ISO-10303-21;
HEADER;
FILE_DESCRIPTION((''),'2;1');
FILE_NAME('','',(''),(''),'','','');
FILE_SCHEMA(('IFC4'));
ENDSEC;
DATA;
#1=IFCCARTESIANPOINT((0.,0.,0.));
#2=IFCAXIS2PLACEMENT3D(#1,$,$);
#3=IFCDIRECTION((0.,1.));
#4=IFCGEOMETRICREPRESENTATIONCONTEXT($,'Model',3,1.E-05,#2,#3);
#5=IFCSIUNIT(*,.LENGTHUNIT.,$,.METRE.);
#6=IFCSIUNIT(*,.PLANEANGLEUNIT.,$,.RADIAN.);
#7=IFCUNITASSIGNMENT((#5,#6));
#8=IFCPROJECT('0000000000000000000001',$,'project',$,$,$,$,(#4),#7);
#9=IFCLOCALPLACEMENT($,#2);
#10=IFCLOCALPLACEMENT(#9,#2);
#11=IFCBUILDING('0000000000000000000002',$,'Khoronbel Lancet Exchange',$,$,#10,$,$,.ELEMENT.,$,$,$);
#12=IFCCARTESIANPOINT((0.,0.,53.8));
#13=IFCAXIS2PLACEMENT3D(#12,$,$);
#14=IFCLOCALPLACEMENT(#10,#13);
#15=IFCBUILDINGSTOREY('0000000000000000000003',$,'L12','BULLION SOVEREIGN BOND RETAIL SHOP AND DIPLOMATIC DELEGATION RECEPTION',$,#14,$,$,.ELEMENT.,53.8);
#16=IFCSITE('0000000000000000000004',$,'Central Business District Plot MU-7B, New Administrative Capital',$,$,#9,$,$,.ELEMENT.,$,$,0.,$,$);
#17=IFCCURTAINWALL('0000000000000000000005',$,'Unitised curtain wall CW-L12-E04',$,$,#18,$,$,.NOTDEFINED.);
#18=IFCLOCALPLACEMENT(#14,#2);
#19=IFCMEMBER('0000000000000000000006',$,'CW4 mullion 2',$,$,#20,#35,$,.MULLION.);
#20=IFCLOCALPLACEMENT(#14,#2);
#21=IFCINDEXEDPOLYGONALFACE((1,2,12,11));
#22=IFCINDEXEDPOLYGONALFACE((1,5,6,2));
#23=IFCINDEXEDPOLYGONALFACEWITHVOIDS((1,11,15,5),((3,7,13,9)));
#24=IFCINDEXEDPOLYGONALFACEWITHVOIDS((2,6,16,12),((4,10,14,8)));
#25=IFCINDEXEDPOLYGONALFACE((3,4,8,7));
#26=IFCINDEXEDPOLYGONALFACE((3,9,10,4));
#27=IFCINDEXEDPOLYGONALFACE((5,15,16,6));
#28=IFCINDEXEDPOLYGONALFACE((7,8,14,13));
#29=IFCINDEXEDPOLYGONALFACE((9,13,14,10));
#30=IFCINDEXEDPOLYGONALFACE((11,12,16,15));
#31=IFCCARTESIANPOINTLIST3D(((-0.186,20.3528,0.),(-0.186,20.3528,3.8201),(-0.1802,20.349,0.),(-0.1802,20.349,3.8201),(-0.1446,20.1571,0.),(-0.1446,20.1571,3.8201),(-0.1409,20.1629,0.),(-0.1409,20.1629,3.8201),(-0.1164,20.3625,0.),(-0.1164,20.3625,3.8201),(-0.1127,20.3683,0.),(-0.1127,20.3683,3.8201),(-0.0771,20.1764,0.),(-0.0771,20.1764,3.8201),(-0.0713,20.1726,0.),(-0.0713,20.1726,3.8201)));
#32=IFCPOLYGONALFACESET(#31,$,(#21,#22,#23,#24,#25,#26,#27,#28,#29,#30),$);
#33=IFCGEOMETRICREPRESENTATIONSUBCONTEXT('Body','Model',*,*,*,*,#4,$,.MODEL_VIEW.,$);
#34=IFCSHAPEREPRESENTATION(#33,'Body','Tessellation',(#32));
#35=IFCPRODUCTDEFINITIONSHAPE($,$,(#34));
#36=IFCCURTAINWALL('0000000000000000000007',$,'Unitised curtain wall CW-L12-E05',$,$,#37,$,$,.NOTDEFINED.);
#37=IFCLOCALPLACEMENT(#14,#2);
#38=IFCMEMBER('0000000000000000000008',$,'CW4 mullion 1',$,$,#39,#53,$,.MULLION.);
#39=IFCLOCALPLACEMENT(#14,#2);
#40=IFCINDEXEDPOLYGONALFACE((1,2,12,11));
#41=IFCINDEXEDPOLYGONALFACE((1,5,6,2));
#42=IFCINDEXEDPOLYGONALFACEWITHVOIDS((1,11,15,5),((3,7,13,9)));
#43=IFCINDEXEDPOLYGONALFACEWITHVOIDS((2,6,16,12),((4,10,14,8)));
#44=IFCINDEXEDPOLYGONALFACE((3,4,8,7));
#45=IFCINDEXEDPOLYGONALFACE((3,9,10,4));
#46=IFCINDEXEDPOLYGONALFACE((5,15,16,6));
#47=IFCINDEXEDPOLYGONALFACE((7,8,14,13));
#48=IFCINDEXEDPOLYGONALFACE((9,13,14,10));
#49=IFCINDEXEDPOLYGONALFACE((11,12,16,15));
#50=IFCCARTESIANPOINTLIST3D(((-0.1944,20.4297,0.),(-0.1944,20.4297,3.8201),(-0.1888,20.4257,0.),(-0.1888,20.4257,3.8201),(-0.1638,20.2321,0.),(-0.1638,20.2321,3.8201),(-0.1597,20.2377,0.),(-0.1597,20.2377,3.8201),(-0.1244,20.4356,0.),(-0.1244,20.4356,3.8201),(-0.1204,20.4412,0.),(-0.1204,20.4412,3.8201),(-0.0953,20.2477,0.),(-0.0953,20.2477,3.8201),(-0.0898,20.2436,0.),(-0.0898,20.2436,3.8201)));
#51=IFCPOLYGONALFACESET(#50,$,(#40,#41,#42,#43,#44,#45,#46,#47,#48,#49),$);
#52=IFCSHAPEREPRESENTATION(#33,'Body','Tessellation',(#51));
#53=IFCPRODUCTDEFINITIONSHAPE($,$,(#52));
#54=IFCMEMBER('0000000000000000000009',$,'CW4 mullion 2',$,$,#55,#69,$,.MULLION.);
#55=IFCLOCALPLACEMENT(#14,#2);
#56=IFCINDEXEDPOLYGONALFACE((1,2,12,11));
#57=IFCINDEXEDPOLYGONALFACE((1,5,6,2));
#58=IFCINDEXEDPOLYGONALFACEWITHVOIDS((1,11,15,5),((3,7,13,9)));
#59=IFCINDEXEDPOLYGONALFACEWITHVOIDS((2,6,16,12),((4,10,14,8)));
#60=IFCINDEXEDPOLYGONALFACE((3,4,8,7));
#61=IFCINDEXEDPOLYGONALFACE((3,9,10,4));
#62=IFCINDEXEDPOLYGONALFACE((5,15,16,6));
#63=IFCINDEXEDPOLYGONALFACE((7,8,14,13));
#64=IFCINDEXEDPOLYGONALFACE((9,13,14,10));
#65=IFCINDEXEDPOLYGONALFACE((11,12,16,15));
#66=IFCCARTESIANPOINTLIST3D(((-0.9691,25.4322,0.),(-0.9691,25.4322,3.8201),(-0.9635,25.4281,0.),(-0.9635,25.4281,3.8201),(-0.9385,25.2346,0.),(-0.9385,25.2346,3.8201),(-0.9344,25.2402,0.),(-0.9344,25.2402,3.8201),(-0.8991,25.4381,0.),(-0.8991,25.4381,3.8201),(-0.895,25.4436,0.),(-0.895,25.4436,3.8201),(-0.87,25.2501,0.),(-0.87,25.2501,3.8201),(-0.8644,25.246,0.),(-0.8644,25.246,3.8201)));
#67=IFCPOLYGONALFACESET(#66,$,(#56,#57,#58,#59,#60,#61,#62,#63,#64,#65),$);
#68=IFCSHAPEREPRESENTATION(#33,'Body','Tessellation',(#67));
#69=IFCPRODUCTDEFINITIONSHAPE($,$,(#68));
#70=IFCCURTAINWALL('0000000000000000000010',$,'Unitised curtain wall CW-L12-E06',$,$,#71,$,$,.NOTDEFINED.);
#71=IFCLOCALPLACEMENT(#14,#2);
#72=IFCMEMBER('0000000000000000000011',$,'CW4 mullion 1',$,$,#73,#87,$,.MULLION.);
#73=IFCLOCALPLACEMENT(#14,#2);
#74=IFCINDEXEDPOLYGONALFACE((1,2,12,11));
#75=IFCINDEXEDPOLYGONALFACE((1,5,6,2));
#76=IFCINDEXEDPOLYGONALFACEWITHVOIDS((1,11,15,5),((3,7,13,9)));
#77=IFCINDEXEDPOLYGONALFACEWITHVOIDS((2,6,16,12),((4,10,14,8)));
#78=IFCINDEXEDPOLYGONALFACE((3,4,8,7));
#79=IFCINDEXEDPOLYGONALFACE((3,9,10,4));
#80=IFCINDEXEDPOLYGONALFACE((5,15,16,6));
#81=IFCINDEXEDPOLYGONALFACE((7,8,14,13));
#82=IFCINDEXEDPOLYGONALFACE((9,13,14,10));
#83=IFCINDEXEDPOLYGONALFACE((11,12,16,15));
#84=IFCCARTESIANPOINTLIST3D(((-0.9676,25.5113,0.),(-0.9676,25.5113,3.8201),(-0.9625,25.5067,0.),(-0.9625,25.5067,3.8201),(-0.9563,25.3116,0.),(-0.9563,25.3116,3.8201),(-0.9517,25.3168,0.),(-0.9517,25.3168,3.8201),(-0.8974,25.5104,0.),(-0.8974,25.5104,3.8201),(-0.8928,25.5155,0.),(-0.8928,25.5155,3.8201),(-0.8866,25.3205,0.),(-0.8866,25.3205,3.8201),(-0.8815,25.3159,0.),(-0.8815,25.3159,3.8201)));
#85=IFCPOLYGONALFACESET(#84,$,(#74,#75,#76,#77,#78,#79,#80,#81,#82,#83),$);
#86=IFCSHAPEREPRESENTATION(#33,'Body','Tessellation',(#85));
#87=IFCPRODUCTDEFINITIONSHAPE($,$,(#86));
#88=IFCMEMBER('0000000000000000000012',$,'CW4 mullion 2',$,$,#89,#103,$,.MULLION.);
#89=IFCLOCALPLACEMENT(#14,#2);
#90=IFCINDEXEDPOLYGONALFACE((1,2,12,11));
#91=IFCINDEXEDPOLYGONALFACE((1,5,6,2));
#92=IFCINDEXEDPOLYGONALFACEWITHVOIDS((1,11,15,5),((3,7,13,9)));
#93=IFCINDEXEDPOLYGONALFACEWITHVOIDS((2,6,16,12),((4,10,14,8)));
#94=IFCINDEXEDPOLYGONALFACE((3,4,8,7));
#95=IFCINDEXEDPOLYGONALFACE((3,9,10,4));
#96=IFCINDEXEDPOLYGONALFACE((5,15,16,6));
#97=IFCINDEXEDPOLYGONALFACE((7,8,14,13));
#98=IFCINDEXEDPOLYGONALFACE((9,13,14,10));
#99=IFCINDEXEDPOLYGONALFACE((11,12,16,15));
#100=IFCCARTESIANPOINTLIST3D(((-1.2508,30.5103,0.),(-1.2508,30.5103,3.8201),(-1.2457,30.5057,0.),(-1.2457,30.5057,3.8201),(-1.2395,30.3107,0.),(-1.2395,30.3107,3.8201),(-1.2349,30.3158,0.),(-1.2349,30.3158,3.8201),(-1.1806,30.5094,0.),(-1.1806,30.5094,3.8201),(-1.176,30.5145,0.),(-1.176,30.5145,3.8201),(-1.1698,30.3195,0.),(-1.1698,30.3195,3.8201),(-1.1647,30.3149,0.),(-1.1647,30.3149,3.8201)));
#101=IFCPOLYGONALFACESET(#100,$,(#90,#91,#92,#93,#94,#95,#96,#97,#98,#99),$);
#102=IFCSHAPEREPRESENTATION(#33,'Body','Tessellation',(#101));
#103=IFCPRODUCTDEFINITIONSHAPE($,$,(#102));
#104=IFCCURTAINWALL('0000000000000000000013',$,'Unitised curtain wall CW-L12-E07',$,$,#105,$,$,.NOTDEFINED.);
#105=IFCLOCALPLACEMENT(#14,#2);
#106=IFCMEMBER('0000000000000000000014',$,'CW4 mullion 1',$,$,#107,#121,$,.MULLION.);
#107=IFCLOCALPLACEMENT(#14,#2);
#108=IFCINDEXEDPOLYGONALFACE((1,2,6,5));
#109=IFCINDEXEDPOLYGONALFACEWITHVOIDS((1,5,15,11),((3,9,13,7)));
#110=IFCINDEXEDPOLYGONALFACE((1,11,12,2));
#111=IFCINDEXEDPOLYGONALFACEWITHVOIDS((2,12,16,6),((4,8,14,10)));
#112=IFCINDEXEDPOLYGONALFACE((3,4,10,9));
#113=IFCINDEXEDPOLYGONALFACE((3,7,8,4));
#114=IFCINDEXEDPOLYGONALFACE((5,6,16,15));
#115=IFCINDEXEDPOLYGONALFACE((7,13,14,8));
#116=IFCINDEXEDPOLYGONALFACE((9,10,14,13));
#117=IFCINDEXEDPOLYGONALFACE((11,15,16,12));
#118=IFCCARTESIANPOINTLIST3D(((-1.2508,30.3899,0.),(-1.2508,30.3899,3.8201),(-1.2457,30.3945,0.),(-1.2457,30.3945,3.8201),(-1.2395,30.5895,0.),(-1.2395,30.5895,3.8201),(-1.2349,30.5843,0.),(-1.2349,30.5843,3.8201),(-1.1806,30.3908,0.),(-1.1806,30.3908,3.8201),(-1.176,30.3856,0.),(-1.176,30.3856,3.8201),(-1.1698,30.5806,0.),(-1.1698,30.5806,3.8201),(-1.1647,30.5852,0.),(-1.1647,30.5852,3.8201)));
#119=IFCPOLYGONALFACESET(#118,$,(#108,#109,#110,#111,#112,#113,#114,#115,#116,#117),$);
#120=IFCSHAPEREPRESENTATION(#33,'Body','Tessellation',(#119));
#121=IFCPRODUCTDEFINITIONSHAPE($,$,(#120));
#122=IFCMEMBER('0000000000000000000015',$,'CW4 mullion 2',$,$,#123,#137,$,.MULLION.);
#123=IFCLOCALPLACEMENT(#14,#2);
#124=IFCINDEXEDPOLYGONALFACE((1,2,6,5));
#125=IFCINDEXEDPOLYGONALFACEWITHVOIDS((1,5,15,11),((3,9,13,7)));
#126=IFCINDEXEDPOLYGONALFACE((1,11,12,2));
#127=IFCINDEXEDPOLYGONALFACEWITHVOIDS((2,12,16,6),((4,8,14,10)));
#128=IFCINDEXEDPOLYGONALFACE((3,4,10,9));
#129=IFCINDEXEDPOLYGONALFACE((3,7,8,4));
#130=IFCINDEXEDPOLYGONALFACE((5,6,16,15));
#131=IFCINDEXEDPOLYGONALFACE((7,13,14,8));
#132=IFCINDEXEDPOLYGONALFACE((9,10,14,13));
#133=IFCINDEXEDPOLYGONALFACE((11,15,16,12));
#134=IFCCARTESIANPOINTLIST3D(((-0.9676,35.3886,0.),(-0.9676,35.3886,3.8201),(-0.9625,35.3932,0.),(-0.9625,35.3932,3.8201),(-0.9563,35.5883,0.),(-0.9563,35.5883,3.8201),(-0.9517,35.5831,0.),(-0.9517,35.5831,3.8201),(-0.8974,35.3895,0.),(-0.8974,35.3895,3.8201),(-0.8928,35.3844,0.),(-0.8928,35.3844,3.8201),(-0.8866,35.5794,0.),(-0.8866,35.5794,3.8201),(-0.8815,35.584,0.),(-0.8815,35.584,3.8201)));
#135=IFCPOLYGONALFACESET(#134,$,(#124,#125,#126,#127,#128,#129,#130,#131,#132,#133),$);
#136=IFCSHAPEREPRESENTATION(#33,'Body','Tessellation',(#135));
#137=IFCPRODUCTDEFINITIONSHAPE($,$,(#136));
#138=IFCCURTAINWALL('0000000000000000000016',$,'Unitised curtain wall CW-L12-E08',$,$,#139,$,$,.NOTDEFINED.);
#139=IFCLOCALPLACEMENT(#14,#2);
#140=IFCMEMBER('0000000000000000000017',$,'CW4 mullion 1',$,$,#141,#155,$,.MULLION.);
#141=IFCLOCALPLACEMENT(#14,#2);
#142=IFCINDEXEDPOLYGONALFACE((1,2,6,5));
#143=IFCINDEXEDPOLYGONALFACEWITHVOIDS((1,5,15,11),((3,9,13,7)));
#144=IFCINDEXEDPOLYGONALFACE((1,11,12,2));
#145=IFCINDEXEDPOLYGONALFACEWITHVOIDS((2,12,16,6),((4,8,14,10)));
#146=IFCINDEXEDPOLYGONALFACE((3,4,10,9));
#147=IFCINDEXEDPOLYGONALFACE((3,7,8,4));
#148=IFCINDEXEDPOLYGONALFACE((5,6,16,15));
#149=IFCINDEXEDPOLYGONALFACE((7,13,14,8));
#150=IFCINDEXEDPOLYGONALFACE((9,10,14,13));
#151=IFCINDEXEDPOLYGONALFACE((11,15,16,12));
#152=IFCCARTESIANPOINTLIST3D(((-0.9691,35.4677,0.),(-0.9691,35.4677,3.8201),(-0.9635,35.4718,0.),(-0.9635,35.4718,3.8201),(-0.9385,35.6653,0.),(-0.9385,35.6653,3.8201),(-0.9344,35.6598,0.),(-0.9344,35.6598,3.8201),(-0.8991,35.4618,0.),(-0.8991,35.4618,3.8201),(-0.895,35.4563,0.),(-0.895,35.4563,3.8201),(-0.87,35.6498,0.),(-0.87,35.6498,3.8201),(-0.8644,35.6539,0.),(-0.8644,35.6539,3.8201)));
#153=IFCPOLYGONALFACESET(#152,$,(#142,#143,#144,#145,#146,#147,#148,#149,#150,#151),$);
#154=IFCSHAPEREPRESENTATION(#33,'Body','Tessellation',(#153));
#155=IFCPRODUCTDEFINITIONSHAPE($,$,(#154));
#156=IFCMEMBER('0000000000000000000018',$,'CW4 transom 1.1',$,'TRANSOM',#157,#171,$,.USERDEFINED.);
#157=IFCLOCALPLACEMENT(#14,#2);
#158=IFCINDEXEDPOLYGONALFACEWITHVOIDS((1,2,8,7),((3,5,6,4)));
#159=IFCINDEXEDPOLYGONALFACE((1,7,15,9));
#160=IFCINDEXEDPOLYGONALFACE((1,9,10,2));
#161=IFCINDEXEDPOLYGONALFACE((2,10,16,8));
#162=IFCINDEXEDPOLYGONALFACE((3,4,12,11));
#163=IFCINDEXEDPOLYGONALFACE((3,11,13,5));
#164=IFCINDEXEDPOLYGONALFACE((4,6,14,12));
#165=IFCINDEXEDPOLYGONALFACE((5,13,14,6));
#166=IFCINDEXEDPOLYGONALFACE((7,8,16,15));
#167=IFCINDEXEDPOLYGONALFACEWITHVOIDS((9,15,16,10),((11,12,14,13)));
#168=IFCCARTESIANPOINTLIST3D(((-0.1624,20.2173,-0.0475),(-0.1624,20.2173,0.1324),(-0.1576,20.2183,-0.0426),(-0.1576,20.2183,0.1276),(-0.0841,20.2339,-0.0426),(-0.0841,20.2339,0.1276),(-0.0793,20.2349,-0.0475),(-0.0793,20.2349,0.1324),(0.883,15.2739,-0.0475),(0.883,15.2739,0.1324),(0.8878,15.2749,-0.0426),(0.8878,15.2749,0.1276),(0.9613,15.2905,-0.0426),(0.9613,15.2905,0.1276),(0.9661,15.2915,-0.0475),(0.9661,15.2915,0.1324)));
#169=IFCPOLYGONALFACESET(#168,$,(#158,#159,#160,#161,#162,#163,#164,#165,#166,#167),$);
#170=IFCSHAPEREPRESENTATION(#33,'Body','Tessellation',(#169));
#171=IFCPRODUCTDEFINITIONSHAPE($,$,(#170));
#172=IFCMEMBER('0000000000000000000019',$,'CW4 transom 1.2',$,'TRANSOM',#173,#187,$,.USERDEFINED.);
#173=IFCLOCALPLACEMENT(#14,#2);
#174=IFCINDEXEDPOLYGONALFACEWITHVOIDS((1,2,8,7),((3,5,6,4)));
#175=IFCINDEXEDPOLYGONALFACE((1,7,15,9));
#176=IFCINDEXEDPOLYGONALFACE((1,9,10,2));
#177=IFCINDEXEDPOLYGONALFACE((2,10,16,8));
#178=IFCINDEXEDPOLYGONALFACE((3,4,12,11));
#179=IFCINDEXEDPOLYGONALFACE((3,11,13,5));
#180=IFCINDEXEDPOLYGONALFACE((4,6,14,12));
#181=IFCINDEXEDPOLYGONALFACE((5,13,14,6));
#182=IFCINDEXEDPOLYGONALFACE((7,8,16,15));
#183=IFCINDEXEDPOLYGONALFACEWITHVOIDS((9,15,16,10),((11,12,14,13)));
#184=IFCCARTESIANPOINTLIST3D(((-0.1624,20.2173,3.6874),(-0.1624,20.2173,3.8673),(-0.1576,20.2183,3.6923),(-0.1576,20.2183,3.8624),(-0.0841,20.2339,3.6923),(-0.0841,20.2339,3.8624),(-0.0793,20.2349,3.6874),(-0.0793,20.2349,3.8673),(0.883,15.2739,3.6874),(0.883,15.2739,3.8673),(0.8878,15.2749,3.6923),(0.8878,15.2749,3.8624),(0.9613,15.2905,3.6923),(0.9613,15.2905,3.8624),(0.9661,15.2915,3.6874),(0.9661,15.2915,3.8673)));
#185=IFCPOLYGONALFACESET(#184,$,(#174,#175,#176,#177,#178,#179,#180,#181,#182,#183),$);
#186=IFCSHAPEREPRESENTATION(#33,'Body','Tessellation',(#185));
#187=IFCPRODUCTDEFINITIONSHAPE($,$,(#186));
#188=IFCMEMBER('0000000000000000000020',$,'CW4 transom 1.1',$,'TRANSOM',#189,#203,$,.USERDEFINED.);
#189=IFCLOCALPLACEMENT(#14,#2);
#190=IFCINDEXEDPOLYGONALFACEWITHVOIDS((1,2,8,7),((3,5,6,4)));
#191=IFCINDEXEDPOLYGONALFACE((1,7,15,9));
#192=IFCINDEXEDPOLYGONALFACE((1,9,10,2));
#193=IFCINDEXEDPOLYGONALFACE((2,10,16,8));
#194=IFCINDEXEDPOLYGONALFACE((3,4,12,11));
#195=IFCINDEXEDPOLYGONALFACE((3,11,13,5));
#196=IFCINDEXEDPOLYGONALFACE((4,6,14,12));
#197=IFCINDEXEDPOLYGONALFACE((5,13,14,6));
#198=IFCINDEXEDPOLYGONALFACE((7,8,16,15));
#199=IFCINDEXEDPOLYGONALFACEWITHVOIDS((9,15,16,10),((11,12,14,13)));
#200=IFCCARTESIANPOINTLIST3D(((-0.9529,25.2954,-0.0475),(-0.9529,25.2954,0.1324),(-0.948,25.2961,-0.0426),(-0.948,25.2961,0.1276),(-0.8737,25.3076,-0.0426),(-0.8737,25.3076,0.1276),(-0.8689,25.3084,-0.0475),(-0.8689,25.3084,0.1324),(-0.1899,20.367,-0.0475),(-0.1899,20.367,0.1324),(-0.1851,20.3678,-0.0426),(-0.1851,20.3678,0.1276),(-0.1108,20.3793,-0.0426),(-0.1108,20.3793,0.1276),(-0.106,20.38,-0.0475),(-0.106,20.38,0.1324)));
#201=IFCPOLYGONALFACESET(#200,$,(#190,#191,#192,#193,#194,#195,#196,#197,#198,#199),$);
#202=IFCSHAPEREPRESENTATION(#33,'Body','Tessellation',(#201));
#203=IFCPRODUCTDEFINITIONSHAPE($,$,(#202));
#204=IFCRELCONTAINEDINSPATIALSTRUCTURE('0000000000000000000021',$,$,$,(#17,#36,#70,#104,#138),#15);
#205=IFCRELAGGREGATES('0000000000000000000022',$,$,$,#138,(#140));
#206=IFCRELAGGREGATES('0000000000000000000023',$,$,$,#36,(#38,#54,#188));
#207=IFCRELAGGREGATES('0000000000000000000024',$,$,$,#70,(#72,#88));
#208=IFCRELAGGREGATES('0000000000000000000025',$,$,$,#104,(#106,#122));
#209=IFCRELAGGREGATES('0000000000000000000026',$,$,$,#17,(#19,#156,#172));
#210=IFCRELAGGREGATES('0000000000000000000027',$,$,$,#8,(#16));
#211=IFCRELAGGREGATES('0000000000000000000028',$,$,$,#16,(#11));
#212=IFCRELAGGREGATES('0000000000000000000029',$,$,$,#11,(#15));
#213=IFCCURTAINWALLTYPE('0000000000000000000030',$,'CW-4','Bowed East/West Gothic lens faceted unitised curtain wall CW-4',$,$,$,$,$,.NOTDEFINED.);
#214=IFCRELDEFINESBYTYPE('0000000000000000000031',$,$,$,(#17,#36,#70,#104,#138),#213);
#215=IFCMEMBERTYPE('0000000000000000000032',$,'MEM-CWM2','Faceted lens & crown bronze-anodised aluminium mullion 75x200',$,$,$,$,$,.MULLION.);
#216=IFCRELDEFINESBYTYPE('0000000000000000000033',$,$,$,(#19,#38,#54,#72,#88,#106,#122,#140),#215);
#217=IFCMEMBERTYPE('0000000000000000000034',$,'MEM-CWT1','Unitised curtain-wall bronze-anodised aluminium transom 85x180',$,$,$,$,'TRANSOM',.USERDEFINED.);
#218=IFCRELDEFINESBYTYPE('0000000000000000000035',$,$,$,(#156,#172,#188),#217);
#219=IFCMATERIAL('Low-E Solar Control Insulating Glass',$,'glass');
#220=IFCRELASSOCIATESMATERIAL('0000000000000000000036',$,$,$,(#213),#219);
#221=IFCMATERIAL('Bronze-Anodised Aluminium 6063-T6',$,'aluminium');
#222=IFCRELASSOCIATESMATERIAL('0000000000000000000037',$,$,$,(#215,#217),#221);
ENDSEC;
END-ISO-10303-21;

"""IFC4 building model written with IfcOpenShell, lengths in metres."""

from ifc_helpers import new_model, si_unit, direction, frame, origin, origin_2d, place, context, subcontext, project, spatial, hollow_rectangle, extrude, material, material_profile, profile_set, type_object, element, aggregate, save


model = new_model("IFC4")

# Units and contexts
model_context = context("Model", 3, precision=1e-05, world=origin(), true_north=direction((0.0, 1.0)))
body_context = subcontext(model_context, "Body", "Model", "MODEL_VIEW")
ifc_project = project(units=[si_unit("LENGTHUNIT", "METRE"), si_unit("PLANEANGLEUNIT", "RADIAN")], contexts=[model_context])

# Site, building, storey
site_placement = place(None, origin())
site = spatial("IfcSite", under=ifc_project, at=site_placement, Name="Central Business District Plot MU-7B, New Administrative Capital", CompositionType="ELEMENT", RefElevation=0.0)
building_placement = place(site_placement, origin())
building = spatial("IfcBuilding", under=site, at=building_placement, Name="Khoronbel Lancet Exchange", CompositionType="ELEMENT")
storey_placement = place(building_placement, frame((0.0, 0.0, 53.8)))
storey = spatial("IfcBuildingStorey", under=building, at=storey_placement, Name="L12", Description="BULLION SOVEREIGN BOND RETAIL SHOP AND DIPLOMATIC DELEGATION RECEPTION", CompositionType="ELEMENT", Elevation=53.8)

# Curtain wall, member
ifc_material_1 = material(Name="Low-E Solar Control Insulating Glass", Category="glass")
curtain_wall_type = type_object("IfcCurtainWallType", Name="CW-4", Description="Bowed East/West Gothic lens faceted unitised curtain wall CW-4", PredefinedType="NOTDEFINED", material=ifc_material_1)
curtain_wall_1_placement = place(storey_placement, origin())
curtain_wall_1 = element("IfcCurtainWall", 1, at=curtain_wall_1_placement, inside=storey, type_object=curtain_wall_type, Name="Unitised curtain wall CW-L12-E04", PredefinedType="NOTDEFINED")
ifc_material_2 = material(Name="Bronze-Anodised Aluminium 6063-T6", Category="aluminium")
ifc_material_profile_1 = material_profile(ifc_material_2, hollow_rectangle(XDim=0.075, YDim=0.2, WallThickness=0.0049, at=origin_2d()), Name="ALU MULLION 75x200")
ifc_profile_set_1 = profile_set([ifc_material_profile_1], Name="Bronze-Anodised Aluminium 6063-T6")
member_type_1 = type_object("IfcMemberType", Name="MEM-CWM2", Description="Faceted lens & crown bronze-anodised aluminium mullion 75x200", PredefinedType="MULLION", material=ifc_profile_set_1)
member_1_placement = place(storey_placement, frame((-0.1287, 20.2627, 0.0), z_axis=(0.0, 0.0, 1.0), x_axis=(-0.978363, -0.206894, 0.0)))
member_1 = element("IfcMember", 2, at=member_1_placement, type_object=member_type_1, Name="CW4 mullion 2", PredefinedType="MULLION", context=body_context, shape_type="SweptSolid", body=[
    extrude(hollow_rectangle(XDim=0.075, YDim=0.2, WallThickness=0.0049, at=origin_2d()), origin(), (0.0, 0.0, 1.0), 3.8201),
])

# Curtain walls, members
curtain_wall_2_placement = place(storey_placement, origin())
curtain_wall_2 = element("IfcCurtainWall", 3, at=curtain_wall_2_placement, inside=storey, type_object=curtain_wall_type, Name="Unitised curtain wall CW-L12-E05", PredefinedType="NOTDEFINED")
member_2_placement = place(storey_placement, frame((-0.1421, 20.3367, 0.0), z_axis=(0.0, 0.0, 1.0), x_axis=(-0.988226, -0.153002, 0.0)))
member_2 = element("IfcMember", 4, at=member_2_placement, type_object=member_type_1, Name="CW4 mullion 1", PredefinedType="MULLION", context=body_context, shape_type="SweptSolid", body=[
    extrude(hollow_rectangle(XDim=0.075, YDim=0.2, WallThickness=0.0049, at=origin_2d()), origin(), (0.0, 0.0, 1.0), 3.8201),
])
member_3_placement = place(storey_placement, frame((-0.9167, 25.3391, 0.0), z_axis=(0.0, 0.0, 1.0), x_axis=(-0.988226, -0.153002, 0.0)))
member_3 = element("IfcMember", 5, at=member_3_placement, type_object=member_type_1, Name="CW4 mullion 2", PredefinedType="MULLION", context=body_context, shape_type="SweptSolid", body=[
    extrude(hollow_rectangle(XDim=0.075, YDim=0.2, WallThickness=0.0049, at=origin_2d()), origin(), (0.0, 0.0, 1.0), 3.8201),
])
curtain_wall_3_placement = place(storey_placement, origin())
curtain_wall_3 = element("IfcCurtainWall", 6, at=curtain_wall_3_placement, inside=storey, type_object=curtain_wall_type, Name="Unitised curtain wall CW-L12-E06", PredefinedType="NOTDEFINED")
member_4_placement = place(storey_placement, frame((-0.9246, 25.4136, 0.0), z_axis=(0.0, 0.0, 1.0), x_axis=(-0.998398, -0.056573, 0.0)))
member_4 = element("IfcMember", 7, at=member_4_placement, type_object=member_type_1, Name="CW4 mullion 1", PredefinedType="MULLION", context=body_context, shape_type="SweptSolid", body=[
    extrude(hollow_rectangle(XDim=0.075, YDim=0.2, WallThickness=0.0049, at=origin_2d()), origin(), (0.0, 0.0, 1.0), 3.8201),
])
member_5_placement = place(storey_placement, frame((-1.2078, 30.4126, 0.0), z_axis=(0.0, 0.0, 1.0), x_axis=(-0.998398, -0.056573, 0.0)))
member_5 = element("IfcMember", 8, at=member_5_placement, type_object=member_type_1, Name="CW4 mullion 2", PredefinedType="MULLION", context=body_context, shape_type="SweptSolid", body=[
    extrude(hollow_rectangle(XDim=0.075, YDim=0.2, WallThickness=0.0049, at=origin_2d()), origin(), (0.0, 0.0, 1.0), 3.8201),
])
curtain_wall_4_placement = place(storey_placement, origin())
curtain_wall_4 = element("IfcCurtainWall", 9, at=curtain_wall_4_placement, inside=storey, type_object=curtain_wall_type, Name="Unitised curtain wall CW-L12-E07", PredefinedType="NOTDEFINED")
member_6_placement = place(storey_placement, frame((-1.2078, 30.4875, 0.0), z_axis=(0.0, 0.0, 1.0), x_axis=(-0.998398, 0.056573, 0.0)))
member_6 = element("IfcMember", 10, at=member_6_placement, type_object=member_type_1, Name="CW4 mullion 1", PredefinedType="MULLION", context=body_context, shape_type="SweptSolid", body=[
    extrude(hollow_rectangle(XDim=0.075, YDim=0.2, WallThickness=0.0049, at=origin_2d()), origin(), (0.0, 0.0, 1.0), 3.8201),
])
member_7_placement = place(storey_placement, frame((-0.9246, 35.4863, 0.0), z_axis=(0.0, 0.0, 1.0), x_axis=(-0.998398, 0.056573, 0.0)))
member_7 = element("IfcMember", 11, at=member_7_placement, type_object=member_type_1, Name="CW4 mullion 2", PredefinedType="MULLION", context=body_context, shape_type="SweptSolid", body=[
    extrude(hollow_rectangle(XDim=0.075, YDim=0.2, WallThickness=0.0049, at=origin_2d()), origin(), (0.0, 0.0, 1.0), 3.8201),
])

# Curtain wall, member
curtain_wall_5_placement = place(storey_placement, origin())
curtain_wall_5 = element("IfcCurtainWall", 12, at=curtain_wall_5_placement, inside=storey, type_object=curtain_wall_type, Name="Unitised curtain wall CW-L12-E08", PredefinedType="NOTDEFINED")
member_8_placement = place(storey_placement, frame((-0.9167, 35.5608, 0.0), z_axis=(0.0, 0.0, 1.0), x_axis=(-0.988226, 0.153002, 0.0)))
member_8 = element("IfcMember", 13, at=member_8_placement, type_object=member_type_1, Name="CW4 mullion 1", PredefinedType="MULLION", context=body_context, shape_type="SweptSolid", body=[
    extrude(hollow_rectangle(XDim=0.075, YDim=0.2, WallThickness=0.0049, at=origin_2d()), origin(), (0.0, 0.0, 1.0), 3.8201),
])

# Members
ifc_material_profile_2 = material_profile(ifc_material_2, hollow_rectangle(XDim=0.085, YDim=0.1799, WallThickness=0.0049, at=origin_2d()), Name="ALU TRANSOM 85x180")
ifc_profile_set_2 = profile_set([ifc_material_profile_2], Name="Bronze-Anodised Aluminium 6063-T6")
member_type_2 = type_object("IfcMemberType", Name="MEM-CWT1", Description="Unitised curtain-wall bronze-anodised aluminium transom 85x180", ElementType="TRANSOM", PredefinedType="USERDEFINED", material=ifc_profile_set_2)
member_9_placement = place(storey_placement, frame((0.9246, 15.2827, 0.0425), z_axis=(-0.206902, 0.978362, 0.0), x_axis=(-0.978362, -0.206902, 0.0)))
member_9 = element("IfcMember", 14, at=member_9_placement, type_object=member_type_2, Name="CW4 transom 1.1", ObjectType="TRANSOM", PredefinedType="USERDEFINED", context=body_context, shape_type="SweptSolid", body=[
    extrude(hollow_rectangle(XDim=0.085, YDim=0.1799, WallThickness=0.0049, at=origin_2d()), origin(), (0.0, 0.0, 1.0), 5.0527),
])
member_10_placement = place(storey_placement, frame((0.9246, 15.2827, 3.7773), z_axis=(-0.206902, 0.978362, 0.0), x_axis=(-0.978362, -0.206902, 0.0)))
member_10 = element("IfcMember", 15, at=member_10_placement, type_object=member_type_2, Name="CW4 transom 1.2", ObjectType="TRANSOM", PredefinedType="USERDEFINED", context=body_context, shape_type="SweptSolid", body=[
    extrude(hollow_rectangle(XDim=0.085, YDim=0.1799, WallThickness=0.0049, at=origin_2d()), origin(), (0.0, 0.0, 1.0), 5.0527),
])
member_11_placement = place(storey_placement, frame((-0.1479, 20.3735, 0.0425), z_axis=(-0.15298, 0.988229, 0.0), x_axis=(-0.988229, -0.15298, 0.0)))
member_11 = element("IfcMember", 16, at=member_11_placement, type_object=member_type_2, Name="CW4 transom 1.1", ObjectType="TRANSOM", PredefinedType="USERDEFINED", context=body_context, shape_type="SweptSolid", body=[
    extrude(hollow_rectangle(XDim=0.085, YDim=0.1799, WallThickness=0.0049, at=origin_2d()), origin(), (0.0, 0.0, 1.0), 4.9871),
])
aggregate(curtain_wall_5, [member_8])

aggregate(curtain_wall_2, [member_2, member_3, member_11])
aggregate(curtain_wall_3, [member_4, member_5])
aggregate(curtain_wall_4, [member_6, member_7])
aggregate(curtain_wall_1, [member_1, member_9, member_10])

save(model, "model.ifc")
